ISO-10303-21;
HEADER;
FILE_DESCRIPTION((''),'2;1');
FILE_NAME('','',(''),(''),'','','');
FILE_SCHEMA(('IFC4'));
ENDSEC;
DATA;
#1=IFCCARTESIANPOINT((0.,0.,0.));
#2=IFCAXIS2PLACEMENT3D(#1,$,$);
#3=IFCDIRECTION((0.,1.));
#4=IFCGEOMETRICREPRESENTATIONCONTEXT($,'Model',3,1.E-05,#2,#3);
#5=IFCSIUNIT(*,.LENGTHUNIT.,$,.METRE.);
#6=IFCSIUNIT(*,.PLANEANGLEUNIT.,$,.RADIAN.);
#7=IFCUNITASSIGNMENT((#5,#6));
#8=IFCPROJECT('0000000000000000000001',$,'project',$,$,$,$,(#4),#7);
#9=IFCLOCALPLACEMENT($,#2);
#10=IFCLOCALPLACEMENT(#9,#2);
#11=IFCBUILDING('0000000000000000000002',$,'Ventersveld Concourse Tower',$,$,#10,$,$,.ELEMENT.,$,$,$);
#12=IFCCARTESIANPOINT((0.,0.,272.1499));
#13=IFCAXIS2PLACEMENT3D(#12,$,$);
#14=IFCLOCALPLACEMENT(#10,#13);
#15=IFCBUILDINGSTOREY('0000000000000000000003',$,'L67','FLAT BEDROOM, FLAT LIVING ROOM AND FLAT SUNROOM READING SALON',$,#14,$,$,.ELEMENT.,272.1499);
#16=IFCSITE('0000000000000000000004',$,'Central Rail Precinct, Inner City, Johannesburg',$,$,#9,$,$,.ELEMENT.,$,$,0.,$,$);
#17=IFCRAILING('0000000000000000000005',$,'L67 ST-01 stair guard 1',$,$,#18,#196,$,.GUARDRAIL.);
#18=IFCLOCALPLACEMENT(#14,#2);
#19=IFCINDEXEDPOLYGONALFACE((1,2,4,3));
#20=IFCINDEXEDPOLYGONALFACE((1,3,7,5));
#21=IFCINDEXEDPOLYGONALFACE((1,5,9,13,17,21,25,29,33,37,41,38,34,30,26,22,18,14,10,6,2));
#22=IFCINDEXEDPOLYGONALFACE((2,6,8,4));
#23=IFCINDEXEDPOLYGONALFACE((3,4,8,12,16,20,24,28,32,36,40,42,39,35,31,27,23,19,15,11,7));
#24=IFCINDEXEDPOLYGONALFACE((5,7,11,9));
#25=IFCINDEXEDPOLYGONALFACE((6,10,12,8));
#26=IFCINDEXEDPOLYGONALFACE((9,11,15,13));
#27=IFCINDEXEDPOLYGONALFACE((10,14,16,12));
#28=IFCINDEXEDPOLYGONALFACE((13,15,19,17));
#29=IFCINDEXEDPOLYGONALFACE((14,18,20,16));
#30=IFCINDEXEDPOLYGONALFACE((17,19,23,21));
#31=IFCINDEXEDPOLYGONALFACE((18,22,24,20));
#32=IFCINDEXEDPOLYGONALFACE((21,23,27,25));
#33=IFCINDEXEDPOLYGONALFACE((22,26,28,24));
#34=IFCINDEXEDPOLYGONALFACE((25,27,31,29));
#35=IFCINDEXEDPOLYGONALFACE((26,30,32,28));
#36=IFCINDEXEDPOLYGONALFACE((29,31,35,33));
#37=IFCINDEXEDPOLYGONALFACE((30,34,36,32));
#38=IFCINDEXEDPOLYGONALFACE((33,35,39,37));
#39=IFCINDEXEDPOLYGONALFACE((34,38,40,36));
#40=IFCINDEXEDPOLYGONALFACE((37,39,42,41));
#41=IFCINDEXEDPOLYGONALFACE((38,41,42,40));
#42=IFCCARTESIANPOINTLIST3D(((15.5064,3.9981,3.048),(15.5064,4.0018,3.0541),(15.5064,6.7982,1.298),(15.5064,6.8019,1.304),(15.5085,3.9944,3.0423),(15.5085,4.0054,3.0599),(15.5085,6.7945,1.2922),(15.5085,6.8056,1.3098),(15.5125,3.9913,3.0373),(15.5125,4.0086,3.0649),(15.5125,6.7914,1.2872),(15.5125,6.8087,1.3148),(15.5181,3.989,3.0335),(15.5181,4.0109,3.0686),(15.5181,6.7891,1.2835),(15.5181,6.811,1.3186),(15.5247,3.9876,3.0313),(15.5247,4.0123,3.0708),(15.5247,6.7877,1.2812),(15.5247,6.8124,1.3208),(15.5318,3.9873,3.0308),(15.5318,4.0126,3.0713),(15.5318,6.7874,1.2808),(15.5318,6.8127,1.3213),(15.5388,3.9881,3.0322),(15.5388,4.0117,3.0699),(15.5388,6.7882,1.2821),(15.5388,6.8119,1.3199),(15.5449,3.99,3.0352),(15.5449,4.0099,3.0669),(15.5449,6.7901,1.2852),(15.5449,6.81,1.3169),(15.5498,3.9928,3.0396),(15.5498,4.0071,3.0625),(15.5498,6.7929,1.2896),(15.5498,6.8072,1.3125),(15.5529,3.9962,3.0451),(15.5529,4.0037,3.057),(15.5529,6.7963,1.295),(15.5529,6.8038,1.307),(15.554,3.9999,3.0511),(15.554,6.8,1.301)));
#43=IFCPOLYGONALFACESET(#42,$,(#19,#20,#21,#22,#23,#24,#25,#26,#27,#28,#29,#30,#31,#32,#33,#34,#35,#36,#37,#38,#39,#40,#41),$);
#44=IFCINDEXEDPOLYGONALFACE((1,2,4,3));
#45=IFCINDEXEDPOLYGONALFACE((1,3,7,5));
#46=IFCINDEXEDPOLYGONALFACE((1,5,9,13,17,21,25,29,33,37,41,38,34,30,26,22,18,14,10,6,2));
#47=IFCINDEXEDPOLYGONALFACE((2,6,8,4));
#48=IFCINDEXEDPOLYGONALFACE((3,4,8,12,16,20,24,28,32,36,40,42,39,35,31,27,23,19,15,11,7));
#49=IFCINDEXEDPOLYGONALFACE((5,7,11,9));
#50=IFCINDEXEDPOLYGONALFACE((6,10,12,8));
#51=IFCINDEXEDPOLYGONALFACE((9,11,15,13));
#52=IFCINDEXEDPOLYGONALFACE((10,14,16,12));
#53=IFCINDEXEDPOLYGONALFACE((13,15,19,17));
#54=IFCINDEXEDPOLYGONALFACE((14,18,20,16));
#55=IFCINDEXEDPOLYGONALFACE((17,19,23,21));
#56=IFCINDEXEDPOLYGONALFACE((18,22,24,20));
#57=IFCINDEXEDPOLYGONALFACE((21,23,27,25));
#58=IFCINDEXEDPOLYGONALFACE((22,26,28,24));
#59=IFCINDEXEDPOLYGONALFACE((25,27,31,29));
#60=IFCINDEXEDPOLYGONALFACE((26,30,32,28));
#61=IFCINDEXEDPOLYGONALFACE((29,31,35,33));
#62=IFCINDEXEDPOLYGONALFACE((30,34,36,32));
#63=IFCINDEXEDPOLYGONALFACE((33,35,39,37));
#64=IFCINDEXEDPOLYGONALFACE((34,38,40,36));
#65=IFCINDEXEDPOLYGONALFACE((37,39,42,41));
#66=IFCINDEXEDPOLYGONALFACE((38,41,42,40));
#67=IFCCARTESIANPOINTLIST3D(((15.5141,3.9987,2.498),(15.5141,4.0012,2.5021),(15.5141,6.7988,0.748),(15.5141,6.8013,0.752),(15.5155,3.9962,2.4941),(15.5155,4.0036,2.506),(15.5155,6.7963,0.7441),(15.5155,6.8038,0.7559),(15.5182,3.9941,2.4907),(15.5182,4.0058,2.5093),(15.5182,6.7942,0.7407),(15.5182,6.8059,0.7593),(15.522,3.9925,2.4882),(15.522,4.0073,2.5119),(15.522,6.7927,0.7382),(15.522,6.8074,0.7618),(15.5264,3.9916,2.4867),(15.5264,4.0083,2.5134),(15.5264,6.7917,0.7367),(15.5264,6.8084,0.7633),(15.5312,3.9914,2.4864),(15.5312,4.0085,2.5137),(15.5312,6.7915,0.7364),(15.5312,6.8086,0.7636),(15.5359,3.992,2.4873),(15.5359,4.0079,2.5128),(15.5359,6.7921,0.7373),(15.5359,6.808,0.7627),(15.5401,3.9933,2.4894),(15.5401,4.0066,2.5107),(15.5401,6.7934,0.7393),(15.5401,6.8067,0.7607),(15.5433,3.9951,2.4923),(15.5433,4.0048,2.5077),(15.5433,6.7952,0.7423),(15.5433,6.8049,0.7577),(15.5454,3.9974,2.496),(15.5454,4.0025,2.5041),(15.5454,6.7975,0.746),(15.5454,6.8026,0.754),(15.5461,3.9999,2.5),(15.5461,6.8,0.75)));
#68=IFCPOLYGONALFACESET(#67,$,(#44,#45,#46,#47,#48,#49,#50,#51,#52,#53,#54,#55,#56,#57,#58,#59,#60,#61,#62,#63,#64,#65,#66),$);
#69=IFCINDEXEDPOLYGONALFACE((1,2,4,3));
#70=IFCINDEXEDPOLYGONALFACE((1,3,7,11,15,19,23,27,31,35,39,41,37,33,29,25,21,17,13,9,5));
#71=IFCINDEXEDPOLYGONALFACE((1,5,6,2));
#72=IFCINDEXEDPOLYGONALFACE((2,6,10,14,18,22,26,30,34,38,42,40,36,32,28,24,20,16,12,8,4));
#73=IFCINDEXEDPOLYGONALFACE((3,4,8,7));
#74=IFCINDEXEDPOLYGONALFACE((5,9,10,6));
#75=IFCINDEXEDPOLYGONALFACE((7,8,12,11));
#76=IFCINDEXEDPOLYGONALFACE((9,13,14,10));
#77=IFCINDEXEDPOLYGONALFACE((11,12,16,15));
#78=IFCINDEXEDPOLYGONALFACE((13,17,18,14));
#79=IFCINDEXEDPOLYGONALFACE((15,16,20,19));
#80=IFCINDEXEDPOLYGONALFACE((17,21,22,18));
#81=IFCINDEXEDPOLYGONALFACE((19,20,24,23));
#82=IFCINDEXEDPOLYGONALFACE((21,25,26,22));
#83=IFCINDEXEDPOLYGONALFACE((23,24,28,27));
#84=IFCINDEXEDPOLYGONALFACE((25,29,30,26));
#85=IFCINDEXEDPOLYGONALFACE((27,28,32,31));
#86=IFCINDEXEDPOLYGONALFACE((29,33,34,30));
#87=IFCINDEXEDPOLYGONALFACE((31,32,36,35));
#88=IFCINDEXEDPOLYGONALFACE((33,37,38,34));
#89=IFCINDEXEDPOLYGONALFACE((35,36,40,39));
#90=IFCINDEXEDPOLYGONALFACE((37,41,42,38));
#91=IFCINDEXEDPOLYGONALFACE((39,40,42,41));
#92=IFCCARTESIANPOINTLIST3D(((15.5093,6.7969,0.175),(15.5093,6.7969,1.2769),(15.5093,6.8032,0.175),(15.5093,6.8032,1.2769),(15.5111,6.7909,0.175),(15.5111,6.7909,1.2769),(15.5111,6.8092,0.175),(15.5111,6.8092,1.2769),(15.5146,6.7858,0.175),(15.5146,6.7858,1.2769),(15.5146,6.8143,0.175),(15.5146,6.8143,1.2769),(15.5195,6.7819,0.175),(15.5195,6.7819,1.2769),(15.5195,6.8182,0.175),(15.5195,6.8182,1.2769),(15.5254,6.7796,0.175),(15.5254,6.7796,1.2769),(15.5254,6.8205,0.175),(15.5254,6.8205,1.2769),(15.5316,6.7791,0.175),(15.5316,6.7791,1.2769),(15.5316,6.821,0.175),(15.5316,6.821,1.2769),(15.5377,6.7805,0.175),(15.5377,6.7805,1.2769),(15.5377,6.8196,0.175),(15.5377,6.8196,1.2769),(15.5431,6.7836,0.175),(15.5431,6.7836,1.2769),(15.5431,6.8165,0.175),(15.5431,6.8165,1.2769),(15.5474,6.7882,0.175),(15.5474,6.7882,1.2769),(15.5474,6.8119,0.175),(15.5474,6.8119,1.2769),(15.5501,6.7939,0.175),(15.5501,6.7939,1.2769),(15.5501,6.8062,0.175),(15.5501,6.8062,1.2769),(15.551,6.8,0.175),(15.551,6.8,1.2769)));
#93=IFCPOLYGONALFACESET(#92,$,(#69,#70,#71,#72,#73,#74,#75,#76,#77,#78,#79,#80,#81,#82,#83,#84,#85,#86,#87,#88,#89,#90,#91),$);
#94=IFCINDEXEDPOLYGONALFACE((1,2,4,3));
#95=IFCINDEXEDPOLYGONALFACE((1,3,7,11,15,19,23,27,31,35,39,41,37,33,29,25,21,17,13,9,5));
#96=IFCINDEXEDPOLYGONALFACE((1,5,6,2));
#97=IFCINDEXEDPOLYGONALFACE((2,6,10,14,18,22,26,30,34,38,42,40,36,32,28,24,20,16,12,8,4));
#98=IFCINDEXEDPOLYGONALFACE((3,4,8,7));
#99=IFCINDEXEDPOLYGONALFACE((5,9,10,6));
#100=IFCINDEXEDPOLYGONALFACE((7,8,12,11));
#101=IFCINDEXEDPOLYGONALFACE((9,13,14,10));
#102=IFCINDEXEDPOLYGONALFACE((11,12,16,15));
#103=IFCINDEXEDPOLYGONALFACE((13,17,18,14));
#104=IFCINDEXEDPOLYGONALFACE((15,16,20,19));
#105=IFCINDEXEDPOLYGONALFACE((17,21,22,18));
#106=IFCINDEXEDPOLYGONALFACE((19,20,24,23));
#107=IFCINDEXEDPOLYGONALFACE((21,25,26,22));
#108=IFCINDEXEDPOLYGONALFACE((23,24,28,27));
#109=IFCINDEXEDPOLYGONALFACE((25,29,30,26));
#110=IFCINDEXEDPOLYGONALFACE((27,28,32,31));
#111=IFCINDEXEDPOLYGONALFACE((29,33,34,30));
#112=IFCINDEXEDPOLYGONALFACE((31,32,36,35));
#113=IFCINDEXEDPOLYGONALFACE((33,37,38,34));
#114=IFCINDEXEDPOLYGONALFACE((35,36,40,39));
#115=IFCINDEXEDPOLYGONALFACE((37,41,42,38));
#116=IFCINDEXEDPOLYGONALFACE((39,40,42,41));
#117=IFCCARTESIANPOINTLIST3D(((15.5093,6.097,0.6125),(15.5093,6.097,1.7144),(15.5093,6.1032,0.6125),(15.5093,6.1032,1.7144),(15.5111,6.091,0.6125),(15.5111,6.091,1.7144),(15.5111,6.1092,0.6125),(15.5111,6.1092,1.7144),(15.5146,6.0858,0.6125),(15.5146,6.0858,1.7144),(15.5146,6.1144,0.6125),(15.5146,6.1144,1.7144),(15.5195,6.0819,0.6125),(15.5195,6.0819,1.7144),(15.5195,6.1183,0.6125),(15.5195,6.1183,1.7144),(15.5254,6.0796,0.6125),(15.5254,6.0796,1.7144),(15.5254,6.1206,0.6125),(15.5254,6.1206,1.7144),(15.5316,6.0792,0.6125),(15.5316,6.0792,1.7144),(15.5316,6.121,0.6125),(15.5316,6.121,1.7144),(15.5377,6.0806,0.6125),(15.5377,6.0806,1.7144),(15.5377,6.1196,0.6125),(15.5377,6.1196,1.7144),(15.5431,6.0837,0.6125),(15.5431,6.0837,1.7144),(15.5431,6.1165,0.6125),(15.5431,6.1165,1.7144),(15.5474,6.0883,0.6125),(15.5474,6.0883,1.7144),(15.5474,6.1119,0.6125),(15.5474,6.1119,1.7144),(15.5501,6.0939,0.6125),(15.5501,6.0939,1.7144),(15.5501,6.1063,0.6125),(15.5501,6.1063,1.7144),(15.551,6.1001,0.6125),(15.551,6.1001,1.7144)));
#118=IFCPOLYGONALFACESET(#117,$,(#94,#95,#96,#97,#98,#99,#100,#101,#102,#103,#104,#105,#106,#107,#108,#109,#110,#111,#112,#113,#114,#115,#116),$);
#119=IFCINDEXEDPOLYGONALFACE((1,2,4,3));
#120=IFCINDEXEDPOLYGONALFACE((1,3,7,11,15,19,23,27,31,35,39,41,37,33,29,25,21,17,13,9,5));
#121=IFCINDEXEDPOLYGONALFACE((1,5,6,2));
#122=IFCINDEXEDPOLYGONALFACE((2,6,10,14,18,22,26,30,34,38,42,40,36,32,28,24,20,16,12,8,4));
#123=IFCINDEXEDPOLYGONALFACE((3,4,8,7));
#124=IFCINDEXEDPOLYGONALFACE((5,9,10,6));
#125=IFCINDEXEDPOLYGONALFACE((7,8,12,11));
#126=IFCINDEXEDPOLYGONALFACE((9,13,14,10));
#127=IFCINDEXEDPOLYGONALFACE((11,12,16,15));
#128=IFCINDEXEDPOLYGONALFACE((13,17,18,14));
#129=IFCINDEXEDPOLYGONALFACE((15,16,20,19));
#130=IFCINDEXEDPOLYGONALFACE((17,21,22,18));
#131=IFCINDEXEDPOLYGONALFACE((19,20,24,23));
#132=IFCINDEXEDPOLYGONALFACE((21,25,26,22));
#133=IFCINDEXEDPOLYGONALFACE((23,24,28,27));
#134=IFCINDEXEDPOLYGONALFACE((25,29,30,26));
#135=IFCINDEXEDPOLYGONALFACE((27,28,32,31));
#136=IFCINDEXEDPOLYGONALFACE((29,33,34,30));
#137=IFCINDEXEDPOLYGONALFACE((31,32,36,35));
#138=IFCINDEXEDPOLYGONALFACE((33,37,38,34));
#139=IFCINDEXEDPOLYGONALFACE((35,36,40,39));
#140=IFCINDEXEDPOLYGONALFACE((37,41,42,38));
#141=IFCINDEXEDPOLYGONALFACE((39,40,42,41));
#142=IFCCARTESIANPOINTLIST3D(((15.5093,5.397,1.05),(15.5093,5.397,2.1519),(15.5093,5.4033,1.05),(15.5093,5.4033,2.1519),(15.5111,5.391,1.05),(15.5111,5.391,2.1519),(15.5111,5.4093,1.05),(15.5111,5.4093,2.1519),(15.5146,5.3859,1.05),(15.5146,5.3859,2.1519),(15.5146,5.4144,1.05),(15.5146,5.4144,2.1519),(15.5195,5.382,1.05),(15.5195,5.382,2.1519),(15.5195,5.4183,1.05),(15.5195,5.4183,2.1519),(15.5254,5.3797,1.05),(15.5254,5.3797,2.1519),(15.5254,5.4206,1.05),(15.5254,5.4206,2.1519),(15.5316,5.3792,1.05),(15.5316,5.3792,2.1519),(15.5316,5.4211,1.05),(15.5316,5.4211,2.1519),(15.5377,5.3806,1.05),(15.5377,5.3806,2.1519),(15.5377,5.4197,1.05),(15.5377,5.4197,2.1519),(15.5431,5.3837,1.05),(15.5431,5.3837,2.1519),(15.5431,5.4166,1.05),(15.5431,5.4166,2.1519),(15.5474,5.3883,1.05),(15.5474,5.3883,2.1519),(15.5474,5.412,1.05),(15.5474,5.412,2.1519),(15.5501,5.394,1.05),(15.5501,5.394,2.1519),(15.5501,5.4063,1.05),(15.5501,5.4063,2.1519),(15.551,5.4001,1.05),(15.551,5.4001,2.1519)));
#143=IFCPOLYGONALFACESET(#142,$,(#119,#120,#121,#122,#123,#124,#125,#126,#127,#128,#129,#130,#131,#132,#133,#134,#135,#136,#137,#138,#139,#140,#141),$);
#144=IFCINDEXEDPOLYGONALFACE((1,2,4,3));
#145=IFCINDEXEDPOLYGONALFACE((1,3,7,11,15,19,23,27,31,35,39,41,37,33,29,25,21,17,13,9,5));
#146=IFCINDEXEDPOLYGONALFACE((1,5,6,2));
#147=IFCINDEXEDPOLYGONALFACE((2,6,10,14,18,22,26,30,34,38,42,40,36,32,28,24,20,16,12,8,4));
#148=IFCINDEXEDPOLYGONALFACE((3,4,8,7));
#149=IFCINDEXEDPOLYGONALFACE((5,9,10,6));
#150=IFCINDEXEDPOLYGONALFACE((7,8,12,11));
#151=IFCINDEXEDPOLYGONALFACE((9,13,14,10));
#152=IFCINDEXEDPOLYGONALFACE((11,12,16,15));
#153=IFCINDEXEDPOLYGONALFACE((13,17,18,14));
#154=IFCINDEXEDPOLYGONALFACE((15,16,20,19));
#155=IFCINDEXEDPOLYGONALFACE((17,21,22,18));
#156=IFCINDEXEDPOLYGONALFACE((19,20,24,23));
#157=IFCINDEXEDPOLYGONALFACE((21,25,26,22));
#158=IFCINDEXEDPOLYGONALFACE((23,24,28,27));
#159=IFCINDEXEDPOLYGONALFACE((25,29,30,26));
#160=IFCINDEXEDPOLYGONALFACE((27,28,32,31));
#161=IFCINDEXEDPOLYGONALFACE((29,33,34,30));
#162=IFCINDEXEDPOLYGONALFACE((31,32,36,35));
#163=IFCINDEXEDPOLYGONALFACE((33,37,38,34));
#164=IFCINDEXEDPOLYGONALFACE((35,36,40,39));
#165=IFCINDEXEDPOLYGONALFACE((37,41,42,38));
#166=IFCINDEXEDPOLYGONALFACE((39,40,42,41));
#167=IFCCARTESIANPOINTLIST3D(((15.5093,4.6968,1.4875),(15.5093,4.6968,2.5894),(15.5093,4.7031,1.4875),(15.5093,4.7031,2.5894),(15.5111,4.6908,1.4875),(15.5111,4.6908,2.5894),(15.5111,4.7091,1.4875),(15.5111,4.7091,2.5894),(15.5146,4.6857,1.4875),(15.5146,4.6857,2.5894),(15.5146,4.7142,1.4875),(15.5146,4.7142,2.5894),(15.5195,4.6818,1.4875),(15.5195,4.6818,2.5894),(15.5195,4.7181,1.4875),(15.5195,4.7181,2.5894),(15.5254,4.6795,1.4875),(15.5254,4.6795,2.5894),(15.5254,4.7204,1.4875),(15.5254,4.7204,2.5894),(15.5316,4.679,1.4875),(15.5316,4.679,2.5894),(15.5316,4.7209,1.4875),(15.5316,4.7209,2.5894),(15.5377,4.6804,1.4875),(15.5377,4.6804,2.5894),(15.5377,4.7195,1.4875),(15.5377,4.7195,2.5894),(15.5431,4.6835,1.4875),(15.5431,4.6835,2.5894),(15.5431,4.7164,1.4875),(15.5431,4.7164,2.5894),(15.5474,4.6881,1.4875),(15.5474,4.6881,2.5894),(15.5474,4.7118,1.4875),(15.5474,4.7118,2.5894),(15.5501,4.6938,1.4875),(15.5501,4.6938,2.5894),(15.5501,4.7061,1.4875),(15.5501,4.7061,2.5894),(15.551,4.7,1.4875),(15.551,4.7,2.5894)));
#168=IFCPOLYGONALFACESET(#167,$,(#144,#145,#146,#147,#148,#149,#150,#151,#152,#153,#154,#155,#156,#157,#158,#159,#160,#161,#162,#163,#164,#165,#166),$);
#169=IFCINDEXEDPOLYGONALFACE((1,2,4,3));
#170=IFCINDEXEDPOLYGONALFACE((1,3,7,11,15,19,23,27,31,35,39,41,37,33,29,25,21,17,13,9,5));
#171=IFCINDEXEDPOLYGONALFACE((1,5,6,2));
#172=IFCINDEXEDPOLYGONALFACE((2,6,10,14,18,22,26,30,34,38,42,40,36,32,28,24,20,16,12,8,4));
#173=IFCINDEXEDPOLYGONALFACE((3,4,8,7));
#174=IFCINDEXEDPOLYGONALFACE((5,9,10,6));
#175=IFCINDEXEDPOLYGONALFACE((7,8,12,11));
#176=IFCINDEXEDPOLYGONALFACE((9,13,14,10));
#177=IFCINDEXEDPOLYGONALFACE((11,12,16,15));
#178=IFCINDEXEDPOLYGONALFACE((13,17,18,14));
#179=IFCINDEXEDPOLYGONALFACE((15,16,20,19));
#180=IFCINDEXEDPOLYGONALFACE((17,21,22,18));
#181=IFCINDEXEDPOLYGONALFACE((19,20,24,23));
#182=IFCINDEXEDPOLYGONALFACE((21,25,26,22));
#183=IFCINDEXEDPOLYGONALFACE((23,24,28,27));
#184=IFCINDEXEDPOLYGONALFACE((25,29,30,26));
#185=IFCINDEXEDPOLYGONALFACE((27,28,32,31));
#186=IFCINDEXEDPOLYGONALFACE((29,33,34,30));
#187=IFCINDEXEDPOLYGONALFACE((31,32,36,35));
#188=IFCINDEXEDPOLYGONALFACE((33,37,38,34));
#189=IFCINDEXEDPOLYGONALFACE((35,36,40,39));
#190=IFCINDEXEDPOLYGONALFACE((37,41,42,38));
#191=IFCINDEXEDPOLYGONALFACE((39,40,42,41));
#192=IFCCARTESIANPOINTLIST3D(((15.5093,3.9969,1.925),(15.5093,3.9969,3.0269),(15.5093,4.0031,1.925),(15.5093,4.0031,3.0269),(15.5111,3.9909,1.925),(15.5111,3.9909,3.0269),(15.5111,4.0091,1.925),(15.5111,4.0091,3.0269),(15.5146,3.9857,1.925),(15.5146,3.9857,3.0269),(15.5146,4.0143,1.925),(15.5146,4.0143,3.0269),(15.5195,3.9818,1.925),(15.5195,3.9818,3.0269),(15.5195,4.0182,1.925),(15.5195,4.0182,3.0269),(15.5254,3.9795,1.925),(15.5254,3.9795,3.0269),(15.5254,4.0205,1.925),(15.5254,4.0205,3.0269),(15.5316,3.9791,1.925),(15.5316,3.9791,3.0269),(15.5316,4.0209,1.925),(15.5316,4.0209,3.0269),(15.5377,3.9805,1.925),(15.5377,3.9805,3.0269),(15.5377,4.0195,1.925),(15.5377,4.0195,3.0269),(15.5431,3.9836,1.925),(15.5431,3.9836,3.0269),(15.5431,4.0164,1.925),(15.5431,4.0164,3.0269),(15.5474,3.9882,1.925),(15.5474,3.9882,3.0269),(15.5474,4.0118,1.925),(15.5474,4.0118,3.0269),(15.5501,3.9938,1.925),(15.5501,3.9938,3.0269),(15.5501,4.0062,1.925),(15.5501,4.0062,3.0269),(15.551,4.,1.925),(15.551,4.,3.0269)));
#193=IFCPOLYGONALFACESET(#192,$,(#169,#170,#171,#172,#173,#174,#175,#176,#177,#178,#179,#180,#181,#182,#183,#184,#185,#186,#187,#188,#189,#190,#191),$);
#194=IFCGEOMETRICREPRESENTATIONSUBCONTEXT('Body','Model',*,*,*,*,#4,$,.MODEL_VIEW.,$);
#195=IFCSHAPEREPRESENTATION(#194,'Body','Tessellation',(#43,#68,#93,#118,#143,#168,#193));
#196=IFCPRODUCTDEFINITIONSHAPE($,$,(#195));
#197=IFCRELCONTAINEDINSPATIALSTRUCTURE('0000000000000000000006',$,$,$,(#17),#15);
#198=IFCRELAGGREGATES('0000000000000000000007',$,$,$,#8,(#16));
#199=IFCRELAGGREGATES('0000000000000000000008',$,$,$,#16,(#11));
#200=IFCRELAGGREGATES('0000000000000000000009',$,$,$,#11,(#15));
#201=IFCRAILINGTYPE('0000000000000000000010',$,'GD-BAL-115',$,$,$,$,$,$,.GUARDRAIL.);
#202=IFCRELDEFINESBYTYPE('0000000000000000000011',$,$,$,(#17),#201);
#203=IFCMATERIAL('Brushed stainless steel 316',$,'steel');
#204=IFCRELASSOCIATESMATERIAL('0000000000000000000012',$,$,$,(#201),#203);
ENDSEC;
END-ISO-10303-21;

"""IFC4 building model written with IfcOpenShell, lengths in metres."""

from ifc_helpers import new_model, si_unit, direction, frame, origin, origin_2d, place, context, subcontext, project, spatial, circle, extrude, material, type_object, element, save


model = new_model("IFC4")

# Units and contexts
model_context = context("Model", 3, precision=1e-05, world=origin(), true_north=direction((0.0, 1.0)))
body_context = subcontext(model_context, "Body", "Model", "MODEL_VIEW")
ifc_project = project(units=[si_unit("LENGTHUNIT", "METRE"), si_unit("PLANEANGLEUNIT", "RADIAN")], contexts=[model_context])

# Site, building, storey
site_placement = place(None, origin())
site = spatial("IfcSite", under=ifc_project, at=site_placement, Name="Central Rail Precinct, Inner City, Johannesburg", CompositionType="ELEMENT", RefElevation=0.0)
building_placement = place(site_placement, origin())
building = spatial("IfcBuilding", under=site, at=building_placement, Name="Ventersveld Concourse Tower", CompositionType="ELEMENT")
storey_placement = place(building_placement, frame((0.0, 0.0, 272.1499)))
storey = spatial("IfcBuildingStorey", under=building, at=storey_placement, Name="L67", Description="FLAT BEDROOM, FLAT LIVING ROOM AND FLAT SUNROOM READING SALON", CompositionType="ELEMENT", Elevation=272.1499)

# Shared definitions
ifc_material_1 = material(Name="Brushed stainless steel 316", Category="steel")

# Railing
railing_type = type_object("IfcRailingType", Name="GD-BAL-115", PredefinedType="GUARDRAIL", material=ifc_material_1)
railing_1_placement = place(storey_placement, frame((15.53, 6.8, 0.175)))
element("IfcRailing", 1, at=railing_1_placement, inside=storey, type_object=railing_type, Name="L67 ST-01 stair guard 1", PredefinedType="GUARDRAIL", context=body_context, shape_type="SweptSolid", body=[
    extrude(circle(Radius=0.0239, at=origin_2d()), frame((0.0, 0.0, 1.126), z_axis=(0.0, -0.848002, 0.529992), x_axis=(1.0, 0.0, 0.0)), (0.0, 0.0, 1.0), 3.302),
    extrude(circle(Radius=0.0161, at=origin_2d()), frame((0.0, 0.0, 0.575), z_axis=(0.0, -0.848002, 0.529992), x_axis=(1.0, 0.0, 0.0)), (0.0, 0.0, 1.0), 3.302),
    extrude(circle(Radius=0.021, at=origin_2d()), origin(), (0.0, 0.0, 1.0), 1.1018),
    extrude(circle(Radius=0.021, at=origin_2d()), frame((0.0, -0.7, 0.4375)), (0.0, 0.0, 1.0), 1.1018),
    extrude(circle(Radius=0.021, at=origin_2d()), frame((0.0, -1.3999, 0.875)), (0.0, 0.0, 1.0), 1.1018),
    extrude(circle(Radius=0.021, at=origin_2d()), frame((0.0, -2.1001, 1.3125)), (0.0, 0.0, 1.0), 1.1018),
    extrude(circle(Radius=0.021, at=origin_2d()), frame((0.0, -2.8, 1.75)), (0.0, 0.0, 1.0), 1.1018),
])

save(model, "model.ifc")
